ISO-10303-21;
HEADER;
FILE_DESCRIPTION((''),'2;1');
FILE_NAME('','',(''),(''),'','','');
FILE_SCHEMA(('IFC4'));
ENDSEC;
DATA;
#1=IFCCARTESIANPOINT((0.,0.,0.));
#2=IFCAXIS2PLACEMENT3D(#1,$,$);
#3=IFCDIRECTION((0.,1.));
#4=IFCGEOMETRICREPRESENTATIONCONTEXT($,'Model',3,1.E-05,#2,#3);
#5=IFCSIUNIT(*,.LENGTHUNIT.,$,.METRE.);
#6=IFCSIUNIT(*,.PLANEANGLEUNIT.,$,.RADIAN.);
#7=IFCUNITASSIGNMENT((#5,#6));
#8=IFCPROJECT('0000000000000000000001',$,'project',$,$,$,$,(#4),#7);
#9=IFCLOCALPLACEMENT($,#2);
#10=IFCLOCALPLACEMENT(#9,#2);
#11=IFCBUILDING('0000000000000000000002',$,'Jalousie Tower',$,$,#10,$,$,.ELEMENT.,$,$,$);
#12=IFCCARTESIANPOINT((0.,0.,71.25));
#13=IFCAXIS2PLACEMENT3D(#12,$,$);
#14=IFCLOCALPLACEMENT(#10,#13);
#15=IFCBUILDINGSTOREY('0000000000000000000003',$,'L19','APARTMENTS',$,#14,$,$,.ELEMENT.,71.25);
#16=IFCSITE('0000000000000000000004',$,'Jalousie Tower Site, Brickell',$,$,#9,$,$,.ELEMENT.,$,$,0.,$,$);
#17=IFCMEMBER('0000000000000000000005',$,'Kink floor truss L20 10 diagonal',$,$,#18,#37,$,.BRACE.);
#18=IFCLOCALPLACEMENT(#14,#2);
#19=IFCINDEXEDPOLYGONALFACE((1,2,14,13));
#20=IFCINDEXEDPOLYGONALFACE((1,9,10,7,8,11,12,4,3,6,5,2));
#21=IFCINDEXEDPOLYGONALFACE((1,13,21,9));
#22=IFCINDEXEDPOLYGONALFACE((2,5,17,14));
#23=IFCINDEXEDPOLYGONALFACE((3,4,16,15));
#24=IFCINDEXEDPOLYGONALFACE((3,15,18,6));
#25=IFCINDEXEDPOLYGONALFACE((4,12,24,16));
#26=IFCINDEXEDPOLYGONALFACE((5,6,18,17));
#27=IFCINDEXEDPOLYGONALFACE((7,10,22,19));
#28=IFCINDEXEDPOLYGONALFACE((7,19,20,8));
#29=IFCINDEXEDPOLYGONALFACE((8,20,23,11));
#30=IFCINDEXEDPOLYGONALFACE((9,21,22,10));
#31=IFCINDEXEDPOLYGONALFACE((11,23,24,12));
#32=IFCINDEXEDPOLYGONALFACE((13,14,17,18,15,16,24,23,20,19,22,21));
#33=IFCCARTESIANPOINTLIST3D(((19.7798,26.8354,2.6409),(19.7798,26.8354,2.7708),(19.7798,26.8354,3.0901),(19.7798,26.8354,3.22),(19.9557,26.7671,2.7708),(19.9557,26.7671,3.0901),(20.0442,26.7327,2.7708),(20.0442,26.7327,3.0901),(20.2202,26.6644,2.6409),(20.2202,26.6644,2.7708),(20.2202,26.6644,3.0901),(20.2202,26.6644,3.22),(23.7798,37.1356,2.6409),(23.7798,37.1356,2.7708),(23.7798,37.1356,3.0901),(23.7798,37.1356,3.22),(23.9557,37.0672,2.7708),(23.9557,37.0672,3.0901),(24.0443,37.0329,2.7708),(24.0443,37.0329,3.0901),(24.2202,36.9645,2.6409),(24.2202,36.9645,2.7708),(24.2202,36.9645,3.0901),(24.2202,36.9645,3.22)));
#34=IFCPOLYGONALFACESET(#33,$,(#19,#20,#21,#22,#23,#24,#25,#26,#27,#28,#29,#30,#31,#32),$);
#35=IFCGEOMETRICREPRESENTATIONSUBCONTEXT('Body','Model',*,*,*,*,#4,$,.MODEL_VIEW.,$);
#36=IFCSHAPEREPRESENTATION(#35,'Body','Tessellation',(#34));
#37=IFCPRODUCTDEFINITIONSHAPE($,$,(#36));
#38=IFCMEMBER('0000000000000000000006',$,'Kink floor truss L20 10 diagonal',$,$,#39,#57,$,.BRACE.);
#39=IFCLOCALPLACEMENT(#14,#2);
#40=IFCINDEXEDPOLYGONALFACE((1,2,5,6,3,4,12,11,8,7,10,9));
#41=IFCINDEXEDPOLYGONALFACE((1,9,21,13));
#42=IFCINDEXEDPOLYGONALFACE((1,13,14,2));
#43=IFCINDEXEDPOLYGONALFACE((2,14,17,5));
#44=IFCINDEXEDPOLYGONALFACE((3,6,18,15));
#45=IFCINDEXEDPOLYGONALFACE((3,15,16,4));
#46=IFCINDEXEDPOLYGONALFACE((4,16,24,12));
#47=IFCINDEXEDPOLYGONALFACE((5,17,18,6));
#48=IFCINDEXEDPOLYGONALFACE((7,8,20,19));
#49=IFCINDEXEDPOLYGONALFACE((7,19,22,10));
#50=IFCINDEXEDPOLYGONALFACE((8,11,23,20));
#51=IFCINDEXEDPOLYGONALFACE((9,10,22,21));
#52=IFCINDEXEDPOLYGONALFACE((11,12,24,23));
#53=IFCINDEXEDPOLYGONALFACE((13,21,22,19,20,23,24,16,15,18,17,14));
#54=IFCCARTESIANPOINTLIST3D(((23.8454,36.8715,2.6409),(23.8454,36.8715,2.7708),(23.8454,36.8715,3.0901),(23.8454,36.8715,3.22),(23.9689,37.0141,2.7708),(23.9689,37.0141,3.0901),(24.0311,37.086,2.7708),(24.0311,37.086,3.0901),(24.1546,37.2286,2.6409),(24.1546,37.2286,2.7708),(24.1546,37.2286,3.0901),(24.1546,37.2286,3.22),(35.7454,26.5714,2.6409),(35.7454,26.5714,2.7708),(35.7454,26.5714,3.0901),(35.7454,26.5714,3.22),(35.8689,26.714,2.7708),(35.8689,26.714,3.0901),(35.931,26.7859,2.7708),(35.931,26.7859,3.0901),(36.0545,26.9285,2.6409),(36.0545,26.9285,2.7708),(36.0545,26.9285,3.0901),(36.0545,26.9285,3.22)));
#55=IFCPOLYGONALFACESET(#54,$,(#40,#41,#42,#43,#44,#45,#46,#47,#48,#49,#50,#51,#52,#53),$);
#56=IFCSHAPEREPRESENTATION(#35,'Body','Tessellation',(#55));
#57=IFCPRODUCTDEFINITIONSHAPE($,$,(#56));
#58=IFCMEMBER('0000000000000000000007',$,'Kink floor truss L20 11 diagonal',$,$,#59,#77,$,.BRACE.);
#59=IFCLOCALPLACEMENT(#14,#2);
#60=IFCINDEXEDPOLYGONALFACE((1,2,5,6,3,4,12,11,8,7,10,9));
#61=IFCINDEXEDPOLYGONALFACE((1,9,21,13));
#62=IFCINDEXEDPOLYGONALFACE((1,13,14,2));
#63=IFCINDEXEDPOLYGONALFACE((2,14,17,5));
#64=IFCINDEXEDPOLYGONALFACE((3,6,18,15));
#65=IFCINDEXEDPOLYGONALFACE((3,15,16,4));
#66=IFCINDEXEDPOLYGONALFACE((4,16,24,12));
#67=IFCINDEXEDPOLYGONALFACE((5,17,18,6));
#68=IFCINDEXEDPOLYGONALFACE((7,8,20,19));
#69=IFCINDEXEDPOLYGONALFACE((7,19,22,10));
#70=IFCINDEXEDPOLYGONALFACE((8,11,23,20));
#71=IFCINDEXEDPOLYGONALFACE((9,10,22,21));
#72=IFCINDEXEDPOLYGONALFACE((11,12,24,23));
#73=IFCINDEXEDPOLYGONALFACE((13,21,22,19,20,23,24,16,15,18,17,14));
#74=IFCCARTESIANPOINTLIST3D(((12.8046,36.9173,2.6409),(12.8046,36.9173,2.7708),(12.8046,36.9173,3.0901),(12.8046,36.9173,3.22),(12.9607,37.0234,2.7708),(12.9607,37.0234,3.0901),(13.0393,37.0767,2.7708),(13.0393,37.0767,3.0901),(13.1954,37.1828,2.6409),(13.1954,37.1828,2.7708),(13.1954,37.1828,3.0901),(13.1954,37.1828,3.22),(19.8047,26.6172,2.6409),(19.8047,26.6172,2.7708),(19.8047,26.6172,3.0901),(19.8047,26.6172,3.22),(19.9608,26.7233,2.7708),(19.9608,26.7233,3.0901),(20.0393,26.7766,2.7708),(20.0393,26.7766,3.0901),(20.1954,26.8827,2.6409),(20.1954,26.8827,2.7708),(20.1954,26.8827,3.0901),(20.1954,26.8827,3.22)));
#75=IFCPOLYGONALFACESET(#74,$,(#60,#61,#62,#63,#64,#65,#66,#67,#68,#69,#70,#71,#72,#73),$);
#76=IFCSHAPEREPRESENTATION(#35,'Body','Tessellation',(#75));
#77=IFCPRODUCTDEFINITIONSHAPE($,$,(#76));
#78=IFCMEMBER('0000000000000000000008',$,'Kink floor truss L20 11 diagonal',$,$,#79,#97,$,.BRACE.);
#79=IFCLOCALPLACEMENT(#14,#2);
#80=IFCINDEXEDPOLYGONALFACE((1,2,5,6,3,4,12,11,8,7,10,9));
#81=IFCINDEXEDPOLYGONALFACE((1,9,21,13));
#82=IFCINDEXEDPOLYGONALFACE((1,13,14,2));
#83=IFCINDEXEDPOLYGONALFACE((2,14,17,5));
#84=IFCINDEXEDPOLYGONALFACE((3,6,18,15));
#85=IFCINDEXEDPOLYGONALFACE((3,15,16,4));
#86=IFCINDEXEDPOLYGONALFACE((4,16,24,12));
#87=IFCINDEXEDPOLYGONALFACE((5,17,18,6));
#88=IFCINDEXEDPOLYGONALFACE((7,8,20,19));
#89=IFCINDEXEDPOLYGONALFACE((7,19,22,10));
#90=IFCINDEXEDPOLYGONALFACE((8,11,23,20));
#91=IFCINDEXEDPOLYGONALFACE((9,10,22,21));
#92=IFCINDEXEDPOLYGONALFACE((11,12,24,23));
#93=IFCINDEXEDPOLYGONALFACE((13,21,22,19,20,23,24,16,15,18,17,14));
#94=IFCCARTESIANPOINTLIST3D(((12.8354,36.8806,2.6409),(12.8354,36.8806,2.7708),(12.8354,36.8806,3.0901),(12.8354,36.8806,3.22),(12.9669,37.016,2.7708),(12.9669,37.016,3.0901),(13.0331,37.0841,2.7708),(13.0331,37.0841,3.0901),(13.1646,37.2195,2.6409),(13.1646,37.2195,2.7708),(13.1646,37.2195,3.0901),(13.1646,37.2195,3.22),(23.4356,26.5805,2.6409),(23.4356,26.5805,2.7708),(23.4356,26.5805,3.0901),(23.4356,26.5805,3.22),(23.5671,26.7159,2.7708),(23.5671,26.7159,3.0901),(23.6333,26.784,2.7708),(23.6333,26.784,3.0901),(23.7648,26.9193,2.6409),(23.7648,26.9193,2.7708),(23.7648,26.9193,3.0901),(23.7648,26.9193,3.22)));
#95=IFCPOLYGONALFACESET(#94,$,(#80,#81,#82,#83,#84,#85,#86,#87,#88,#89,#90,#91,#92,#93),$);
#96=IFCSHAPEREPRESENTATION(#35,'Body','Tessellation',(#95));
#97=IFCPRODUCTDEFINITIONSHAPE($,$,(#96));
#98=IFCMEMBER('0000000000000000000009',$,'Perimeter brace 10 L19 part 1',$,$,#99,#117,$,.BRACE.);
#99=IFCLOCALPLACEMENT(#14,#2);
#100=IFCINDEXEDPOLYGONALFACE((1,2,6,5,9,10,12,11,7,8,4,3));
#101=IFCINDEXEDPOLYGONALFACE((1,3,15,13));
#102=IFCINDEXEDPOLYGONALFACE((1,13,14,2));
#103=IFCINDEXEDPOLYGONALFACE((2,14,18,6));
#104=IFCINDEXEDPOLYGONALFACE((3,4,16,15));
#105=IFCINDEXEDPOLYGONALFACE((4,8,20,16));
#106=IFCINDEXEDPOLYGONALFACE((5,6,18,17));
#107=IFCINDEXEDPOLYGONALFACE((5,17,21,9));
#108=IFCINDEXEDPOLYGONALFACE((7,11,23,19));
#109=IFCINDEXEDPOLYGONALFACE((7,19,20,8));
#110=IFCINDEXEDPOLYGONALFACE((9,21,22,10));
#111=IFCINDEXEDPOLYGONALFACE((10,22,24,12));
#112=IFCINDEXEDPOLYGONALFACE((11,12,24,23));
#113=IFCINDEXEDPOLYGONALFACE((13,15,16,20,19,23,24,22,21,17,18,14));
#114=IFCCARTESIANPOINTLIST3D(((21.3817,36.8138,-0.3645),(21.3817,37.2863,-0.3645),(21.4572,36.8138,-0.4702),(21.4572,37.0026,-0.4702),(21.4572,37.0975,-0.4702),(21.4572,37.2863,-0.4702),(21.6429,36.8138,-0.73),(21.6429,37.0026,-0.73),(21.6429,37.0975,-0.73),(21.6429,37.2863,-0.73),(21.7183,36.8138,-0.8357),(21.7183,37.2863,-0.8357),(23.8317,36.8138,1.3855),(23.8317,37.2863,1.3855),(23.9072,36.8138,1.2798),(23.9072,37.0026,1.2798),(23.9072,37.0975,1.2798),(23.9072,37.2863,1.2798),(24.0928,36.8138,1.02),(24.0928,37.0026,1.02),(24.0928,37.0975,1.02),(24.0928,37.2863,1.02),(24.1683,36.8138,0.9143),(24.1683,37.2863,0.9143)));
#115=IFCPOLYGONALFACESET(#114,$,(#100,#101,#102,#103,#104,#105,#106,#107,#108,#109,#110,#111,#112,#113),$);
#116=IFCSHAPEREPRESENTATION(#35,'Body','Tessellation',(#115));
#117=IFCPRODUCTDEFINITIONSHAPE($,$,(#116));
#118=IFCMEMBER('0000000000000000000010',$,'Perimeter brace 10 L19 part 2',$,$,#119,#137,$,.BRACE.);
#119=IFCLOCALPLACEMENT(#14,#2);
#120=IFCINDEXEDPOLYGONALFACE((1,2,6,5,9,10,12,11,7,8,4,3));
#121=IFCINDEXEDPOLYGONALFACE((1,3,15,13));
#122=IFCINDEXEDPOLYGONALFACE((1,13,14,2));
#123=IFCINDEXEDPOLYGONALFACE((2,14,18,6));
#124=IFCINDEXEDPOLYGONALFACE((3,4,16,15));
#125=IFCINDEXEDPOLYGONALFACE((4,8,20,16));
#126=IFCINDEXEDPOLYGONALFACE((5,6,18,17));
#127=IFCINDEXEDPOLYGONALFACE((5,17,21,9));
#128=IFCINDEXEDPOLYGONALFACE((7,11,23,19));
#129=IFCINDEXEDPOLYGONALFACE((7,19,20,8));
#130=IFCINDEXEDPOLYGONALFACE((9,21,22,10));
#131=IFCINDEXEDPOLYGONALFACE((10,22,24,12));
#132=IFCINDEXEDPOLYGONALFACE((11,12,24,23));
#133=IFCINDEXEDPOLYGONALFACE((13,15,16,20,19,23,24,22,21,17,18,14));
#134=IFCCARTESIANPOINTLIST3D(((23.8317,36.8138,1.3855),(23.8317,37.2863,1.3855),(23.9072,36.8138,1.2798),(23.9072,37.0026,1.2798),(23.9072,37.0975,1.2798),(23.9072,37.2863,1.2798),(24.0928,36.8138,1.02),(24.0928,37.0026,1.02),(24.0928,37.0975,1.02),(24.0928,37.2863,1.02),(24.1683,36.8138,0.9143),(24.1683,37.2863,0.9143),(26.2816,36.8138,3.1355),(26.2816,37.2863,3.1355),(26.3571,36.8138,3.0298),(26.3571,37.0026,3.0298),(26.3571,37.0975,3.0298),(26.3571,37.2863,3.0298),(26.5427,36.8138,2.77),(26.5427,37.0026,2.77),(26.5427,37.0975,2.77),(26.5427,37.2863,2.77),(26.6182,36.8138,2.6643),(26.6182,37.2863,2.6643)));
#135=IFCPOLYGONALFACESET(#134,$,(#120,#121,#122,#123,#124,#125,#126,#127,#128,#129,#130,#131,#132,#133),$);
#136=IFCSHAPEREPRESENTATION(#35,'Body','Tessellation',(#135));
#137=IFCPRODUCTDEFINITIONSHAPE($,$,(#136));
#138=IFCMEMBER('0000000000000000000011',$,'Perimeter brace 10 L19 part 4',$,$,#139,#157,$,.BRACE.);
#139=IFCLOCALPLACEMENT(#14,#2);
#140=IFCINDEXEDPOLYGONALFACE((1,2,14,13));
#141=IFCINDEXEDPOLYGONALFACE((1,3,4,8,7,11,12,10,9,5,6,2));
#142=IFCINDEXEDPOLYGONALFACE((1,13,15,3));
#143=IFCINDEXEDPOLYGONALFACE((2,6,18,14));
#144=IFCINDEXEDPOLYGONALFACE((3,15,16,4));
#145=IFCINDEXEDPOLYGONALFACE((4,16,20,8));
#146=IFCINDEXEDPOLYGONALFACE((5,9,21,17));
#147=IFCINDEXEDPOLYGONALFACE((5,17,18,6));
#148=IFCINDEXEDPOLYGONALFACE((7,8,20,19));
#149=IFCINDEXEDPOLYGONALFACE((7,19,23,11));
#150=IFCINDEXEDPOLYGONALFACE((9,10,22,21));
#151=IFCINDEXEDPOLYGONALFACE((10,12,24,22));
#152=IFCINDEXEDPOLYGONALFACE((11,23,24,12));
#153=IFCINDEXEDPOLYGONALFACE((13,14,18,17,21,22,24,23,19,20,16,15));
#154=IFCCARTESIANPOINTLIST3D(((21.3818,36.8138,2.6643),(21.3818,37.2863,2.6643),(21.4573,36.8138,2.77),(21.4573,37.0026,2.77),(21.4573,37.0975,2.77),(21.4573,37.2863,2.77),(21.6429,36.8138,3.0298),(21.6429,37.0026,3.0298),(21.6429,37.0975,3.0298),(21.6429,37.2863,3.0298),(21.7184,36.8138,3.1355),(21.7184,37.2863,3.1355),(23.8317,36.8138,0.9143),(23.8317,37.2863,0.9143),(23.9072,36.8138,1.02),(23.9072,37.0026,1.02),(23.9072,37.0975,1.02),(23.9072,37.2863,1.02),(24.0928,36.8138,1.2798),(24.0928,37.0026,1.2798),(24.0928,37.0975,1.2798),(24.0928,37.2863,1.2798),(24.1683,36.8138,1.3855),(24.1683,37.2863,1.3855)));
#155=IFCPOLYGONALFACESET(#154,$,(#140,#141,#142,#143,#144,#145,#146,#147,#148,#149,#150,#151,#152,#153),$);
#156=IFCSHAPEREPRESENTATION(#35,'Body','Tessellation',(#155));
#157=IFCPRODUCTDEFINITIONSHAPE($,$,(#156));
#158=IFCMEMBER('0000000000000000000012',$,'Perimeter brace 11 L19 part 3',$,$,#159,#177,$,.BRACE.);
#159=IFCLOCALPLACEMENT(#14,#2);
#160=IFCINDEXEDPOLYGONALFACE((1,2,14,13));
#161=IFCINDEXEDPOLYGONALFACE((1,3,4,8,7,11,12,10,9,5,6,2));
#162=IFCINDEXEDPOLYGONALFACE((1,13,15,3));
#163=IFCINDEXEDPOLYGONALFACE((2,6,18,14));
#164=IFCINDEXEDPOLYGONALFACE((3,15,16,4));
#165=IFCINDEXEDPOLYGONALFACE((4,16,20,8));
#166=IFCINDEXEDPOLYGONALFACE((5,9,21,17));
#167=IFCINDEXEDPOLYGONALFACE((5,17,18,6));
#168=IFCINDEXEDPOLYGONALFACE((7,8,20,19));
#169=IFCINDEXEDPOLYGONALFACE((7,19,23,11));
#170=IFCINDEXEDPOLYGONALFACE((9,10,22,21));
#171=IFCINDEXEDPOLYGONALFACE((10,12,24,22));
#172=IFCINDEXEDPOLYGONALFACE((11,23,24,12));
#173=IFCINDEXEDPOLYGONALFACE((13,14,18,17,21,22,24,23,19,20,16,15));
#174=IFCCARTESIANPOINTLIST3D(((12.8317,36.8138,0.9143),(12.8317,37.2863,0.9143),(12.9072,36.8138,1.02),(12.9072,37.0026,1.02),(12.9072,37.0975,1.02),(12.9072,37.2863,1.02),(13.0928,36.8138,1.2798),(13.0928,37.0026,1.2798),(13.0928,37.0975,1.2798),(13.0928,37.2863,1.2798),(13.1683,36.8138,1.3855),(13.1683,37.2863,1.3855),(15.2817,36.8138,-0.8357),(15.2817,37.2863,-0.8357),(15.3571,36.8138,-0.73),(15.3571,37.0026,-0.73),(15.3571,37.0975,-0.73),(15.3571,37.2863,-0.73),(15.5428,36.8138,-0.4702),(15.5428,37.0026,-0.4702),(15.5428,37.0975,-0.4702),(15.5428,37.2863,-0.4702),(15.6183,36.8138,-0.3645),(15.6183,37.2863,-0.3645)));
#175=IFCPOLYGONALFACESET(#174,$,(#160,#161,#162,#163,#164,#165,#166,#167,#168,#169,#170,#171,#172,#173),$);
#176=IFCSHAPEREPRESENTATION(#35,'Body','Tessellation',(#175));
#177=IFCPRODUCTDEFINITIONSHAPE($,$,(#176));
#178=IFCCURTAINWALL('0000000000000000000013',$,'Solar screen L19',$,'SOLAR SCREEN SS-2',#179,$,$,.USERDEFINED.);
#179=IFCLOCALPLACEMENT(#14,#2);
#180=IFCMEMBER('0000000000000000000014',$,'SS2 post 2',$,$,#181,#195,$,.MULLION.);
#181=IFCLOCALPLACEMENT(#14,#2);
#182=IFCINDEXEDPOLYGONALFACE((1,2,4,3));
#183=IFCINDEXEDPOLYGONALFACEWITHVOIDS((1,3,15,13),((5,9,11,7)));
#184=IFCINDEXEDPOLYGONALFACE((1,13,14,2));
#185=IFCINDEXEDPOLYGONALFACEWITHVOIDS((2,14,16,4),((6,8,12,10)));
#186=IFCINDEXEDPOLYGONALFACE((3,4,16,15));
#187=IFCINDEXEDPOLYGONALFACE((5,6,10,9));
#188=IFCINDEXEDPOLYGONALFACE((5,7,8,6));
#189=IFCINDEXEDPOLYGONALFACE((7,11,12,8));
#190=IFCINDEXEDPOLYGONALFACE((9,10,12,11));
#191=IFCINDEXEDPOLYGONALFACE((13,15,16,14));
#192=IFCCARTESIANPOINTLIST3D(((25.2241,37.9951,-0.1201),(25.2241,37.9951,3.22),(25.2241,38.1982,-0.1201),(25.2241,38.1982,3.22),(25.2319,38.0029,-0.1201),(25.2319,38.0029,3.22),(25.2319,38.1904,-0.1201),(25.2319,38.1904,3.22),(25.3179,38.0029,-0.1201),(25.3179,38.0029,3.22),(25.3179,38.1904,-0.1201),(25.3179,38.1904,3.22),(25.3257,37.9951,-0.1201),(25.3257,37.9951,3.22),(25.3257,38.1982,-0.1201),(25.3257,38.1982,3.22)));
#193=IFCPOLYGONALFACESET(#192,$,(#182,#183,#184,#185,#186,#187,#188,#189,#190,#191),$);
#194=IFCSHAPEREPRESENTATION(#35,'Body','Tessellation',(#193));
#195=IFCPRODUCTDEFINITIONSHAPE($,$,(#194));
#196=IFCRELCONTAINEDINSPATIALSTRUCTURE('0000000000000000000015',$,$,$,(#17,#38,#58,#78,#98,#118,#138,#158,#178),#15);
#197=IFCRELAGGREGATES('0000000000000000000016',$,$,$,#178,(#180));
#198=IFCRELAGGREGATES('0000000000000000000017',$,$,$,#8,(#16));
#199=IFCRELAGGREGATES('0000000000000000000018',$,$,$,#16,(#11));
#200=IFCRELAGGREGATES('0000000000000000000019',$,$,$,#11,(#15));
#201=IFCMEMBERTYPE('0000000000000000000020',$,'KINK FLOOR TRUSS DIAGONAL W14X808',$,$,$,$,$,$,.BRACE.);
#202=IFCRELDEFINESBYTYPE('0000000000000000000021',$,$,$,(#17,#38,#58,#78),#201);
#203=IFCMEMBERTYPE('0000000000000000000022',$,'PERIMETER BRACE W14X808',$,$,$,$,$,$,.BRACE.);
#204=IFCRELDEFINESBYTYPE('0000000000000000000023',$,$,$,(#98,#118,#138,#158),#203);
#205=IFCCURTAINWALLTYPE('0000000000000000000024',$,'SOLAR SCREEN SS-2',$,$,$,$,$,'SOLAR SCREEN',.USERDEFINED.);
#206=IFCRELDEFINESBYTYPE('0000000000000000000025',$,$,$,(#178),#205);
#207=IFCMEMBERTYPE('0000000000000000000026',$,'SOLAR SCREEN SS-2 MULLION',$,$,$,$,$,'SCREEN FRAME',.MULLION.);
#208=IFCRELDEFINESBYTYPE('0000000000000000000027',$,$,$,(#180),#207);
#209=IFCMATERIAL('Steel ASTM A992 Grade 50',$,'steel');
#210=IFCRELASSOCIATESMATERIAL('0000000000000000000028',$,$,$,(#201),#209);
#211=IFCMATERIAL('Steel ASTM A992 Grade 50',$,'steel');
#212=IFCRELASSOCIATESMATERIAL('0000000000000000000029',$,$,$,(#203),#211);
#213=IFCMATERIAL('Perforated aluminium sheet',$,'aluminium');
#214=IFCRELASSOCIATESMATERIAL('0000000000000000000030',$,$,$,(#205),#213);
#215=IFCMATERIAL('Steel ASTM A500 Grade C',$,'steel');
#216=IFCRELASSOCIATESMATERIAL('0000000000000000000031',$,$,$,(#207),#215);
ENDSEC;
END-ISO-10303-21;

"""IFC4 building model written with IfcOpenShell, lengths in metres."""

from ifc_helpers import new_model, si_unit, direction, frame, origin, origin_2d, place, context, subcontext, project, spatial, hollow_rectangle, i_section, extrude, material, material_profile, profile_set, type_object, element, aggregate, save


model = new_model("IFC4")

# Units and contexts
model_context = context("Model", 3, precision=1e-05, world=origin(), true_north=direction((0.0, 1.0)))
body_context = subcontext(model_context, "Body", "Model", "MODEL_VIEW")
ifc_project = project(units=[si_unit("LENGTHUNIT", "METRE"), si_unit("PLANEANGLEUNIT", "RADIAN")], contexts=[model_context])

# Site, building, storey
site_placement = place(None, origin())
site = spatial("IfcSite", under=ifc_project, at=site_placement, Name="Jalousie Tower Site, Brickell", CompositionType="ELEMENT", RefElevation=0.0)
building_placement = place(site_placement, origin())
building = spatial("IfcBuilding", under=site, at=building_placement, Name="Jalousie Tower", CompositionType="ELEMENT")
storey_placement = place(building_placement, frame((0.0, 0.0, 71.25)))
storey = spatial("IfcBuildingStorey", under=building, at=storey_placement, Name="L19", Description="APARTMENTS", CompositionType="ELEMENT", Elevation=71.25)

# Members
ifc_material_1 = material(Name="Steel ASTM A992 Grade 50", Category="steel")
ifc_material_profile_1 = material_profile(ifc_material_1, i_section(OverallWidth=0.4724, OverallDepth=0.5791, WebThickness=0.095, FlangeThickness=0.1299, at=origin_2d()), Name="W14X808")
ifc_profile_set_1 = profile_set([ifc_material_profile_1], Name="Steel ASTM A992 Grade 50")
member_type_1 = type_object("IfcMemberType", Name="KINK FLOOR TRUSS DIAGONAL W14X808", PredefinedType="BRACE", material=ifc_profile_set_1)
member_1_placement = place(storey_placement, frame((24.0, 37.05, 2.9304), z_axis=(-0.362008, -0.932175, 0.0), x_axis=(0.932175, -0.362008, 0.0)))
element("IfcMember", 1, at=member_1_placement, inside=storey, type_object=member_type_1, Name="Kink floor truss L20 10 diagonal", PredefinedType="BRACE", context=body_context, shape_type="SweptSolid", body=[
    extrude(i_section(OverallWidth=0.4724, OverallDepth=0.5791, WebThickness=0.095, FlangeThickness=0.1299, at=origin_2d()), origin(), (0.0, 0.0, 1.0), 11.0496),
])
member_2_placement = place(storey_placement, frame((24.0, 37.05, 2.9304), z_axis=(0.756104, -0.654451, 0.0), x_axis=(0.654451, 0.756104, 0.0)))
element("IfcMember", 2, at=member_2_placement, inside=storey, type_object=member_type_1, Name="Kink floor truss L20 10 diagonal", PredefinedType="BRACE", context=body_context, shape_type="SweptSolid", body=[
    extrude(i_section(OverallWidth=0.4724, OverallDepth=0.5791, WebThickness=0.095, FlangeThickness=0.1299, at=origin_2d()), origin(), (0.0, 0.0, 1.0), 15.7385),
])
member_3_placement = place(storey_placement, frame((13.0, 37.05, 2.9304), z_axis=(0.562089, -0.827077, 0.0), x_axis=(0.827077, 0.562089, 0.0)))
element("IfcMember", 3, at=member_3_placement, inside=storey, type_object=member_type_1, Name="Kink floor truss L20 11 diagonal", PredefinedType="BRACE", context=body_context, shape_type="SweptSolid", body=[
    extrude(i_section(OverallWidth=0.4724, OverallDepth=0.5791, WebThickness=0.095, FlangeThickness=0.1299, at=origin_2d()), origin(), (0.0, 0.0, 1.0), 12.4536),
])
member_4_placement = place(storey_placement, frame((13.0, 37.05, 2.9304), z_axis=(0.717184, -0.696884, 0.0), x_axis=(0.696884, 0.717184, 0.0)))
element("IfcMember", 4, at=member_4_placement, inside=storey, type_object=member_type_1, Name="Kink floor truss L20 11 diagonal", PredefinedType="BRACE", context=body_context, shape_type="SweptSolid", body=[
    extrude(i_section(OverallWidth=0.4724, OverallDepth=0.5791, WebThickness=0.095, FlangeThickness=0.1299, at=origin_2d()), origin(), (0.0, 0.0, 1.0), 14.7803),
])
ifc_material_2 = material(Name="Steel ASTM A992 Grade 50", Category="steel")
ifc_material_profile_2 = material_profile(ifc_material_2, i_section(OverallWidth=0.4724, OverallDepth=0.5791, WebThickness=0.095, FlangeThickness=0.1299, at=origin_2d()), Name="W14X808")
ifc_profile_set_2 = profile_set([ifc_material_profile_2], Name="Steel ASTM A992 Grade 50")
member_type_2 = type_object("IfcMemberType", Name="PERIMETER BRACE W14X808", PredefinedType="BRACE", material=ifc_profile_set_2)
for number, where, z_axis, x_axis, name in (
    (5, (21.55, 37.05, -0.6001), (0.813728, 0.0, 0.581246), (0.0, 1.0, 0.0), "Perimeter brace 10 L19 part 1"),
    (6, (24.0, 37.05, 1.1499), (0.813728, 0.0, 0.581246), (0.0, 1.0, 0.0), "Perimeter brace 10 L19 part 2"),
    (7, (24.0, 37.05, 1.1499), (-0.813728, 0.0, 0.581246), (0.0, -1.0, 0.0), "Perimeter brace 10 L19 part 4"),
    (8, (15.45, 37.05, -0.6001), (-0.813728, 0.0, 0.581246), (0.0, -1.0, 0.0), "Perimeter brace 11 L19 part 3"),
):
    element("IfcMember", number, at=place(storey_placement, frame(where, z_axis=z_axis, x_axis=x_axis)), inside=storey, type_object=member_type_2, Name=name, PredefinedType="BRACE", context=body_context, shape_type="SweptSolid", body=[
        extrude(i_section(OverallWidth=0.4724, OverallDepth=0.5791, WebThickness=0.095, FlangeThickness=0.1299, at=origin_2d()), origin(), (0.0, 0.0, 1.0), 3.0107),
    ])

# Curtain wall, member
ifc_material_3 = material(Name="Perforated aluminium sheet", Category="aluminium")
curtain_wall_type = type_object("IfcCurtainWallType", Name="SOLAR SCREEN SS-2", ElementType="SOLAR SCREEN", PredefinedType="USERDEFINED", material=ifc_material_3)
curtain_wall_1_placement = place(storey_placement, origin())
curtain_wall_1 = element("IfcCurtainWall", 9, at=curtain_wall_1_placement, inside=storey, type_object=curtain_wall_type, Name="Solar screen L19", ObjectType="SOLAR SCREEN SS-2", PredefinedType="USERDEFINED")
ifc_material_4 = material(Name="Steel ASTM A500 Grade C", Category="steel")
ifc_material_profile_3 = material_profile(ifc_material_4, hollow_rectangle(XDim=0.1016, YDim=0.2031, WallThickness=0.0078, at=origin_2d()), Name="HSS8X4X5/16")
ifc_profile_set_3 = profile_set([ifc_material_profile_3], Name="Steel ASTM A500 Grade C")
member_type_3 = type_object("IfcMemberType", Name="SOLAR SCREEN SS-2 MULLION", ElementType="SCREEN FRAME", PredefinedType="MULLION", material=ifc_profile_set_3)
member_5_placement = place(storey_placement, frame((25.2749, 38.0967, -0.1201), z_axis=(0.0, 0.0, 1.0), x_axis=(-1.0, 0.0, 0.0)))
member_5 = element("IfcMember", 10, at=member_5_placement, type_object=member_type_3, Name="SS2 post 2", PredefinedType="MULLION", context=body_context, shape_type="SweptSolid", body=[
    extrude(hollow_rectangle(XDim=0.1016, YDim=0.2031, WallThickness=0.0078, at=origin_2d()), origin(), (0.0, 0.0, 1.0), 3.3401),
])

aggregate(curtain_wall_1, [member_5])

save(model, "model.ifc")
